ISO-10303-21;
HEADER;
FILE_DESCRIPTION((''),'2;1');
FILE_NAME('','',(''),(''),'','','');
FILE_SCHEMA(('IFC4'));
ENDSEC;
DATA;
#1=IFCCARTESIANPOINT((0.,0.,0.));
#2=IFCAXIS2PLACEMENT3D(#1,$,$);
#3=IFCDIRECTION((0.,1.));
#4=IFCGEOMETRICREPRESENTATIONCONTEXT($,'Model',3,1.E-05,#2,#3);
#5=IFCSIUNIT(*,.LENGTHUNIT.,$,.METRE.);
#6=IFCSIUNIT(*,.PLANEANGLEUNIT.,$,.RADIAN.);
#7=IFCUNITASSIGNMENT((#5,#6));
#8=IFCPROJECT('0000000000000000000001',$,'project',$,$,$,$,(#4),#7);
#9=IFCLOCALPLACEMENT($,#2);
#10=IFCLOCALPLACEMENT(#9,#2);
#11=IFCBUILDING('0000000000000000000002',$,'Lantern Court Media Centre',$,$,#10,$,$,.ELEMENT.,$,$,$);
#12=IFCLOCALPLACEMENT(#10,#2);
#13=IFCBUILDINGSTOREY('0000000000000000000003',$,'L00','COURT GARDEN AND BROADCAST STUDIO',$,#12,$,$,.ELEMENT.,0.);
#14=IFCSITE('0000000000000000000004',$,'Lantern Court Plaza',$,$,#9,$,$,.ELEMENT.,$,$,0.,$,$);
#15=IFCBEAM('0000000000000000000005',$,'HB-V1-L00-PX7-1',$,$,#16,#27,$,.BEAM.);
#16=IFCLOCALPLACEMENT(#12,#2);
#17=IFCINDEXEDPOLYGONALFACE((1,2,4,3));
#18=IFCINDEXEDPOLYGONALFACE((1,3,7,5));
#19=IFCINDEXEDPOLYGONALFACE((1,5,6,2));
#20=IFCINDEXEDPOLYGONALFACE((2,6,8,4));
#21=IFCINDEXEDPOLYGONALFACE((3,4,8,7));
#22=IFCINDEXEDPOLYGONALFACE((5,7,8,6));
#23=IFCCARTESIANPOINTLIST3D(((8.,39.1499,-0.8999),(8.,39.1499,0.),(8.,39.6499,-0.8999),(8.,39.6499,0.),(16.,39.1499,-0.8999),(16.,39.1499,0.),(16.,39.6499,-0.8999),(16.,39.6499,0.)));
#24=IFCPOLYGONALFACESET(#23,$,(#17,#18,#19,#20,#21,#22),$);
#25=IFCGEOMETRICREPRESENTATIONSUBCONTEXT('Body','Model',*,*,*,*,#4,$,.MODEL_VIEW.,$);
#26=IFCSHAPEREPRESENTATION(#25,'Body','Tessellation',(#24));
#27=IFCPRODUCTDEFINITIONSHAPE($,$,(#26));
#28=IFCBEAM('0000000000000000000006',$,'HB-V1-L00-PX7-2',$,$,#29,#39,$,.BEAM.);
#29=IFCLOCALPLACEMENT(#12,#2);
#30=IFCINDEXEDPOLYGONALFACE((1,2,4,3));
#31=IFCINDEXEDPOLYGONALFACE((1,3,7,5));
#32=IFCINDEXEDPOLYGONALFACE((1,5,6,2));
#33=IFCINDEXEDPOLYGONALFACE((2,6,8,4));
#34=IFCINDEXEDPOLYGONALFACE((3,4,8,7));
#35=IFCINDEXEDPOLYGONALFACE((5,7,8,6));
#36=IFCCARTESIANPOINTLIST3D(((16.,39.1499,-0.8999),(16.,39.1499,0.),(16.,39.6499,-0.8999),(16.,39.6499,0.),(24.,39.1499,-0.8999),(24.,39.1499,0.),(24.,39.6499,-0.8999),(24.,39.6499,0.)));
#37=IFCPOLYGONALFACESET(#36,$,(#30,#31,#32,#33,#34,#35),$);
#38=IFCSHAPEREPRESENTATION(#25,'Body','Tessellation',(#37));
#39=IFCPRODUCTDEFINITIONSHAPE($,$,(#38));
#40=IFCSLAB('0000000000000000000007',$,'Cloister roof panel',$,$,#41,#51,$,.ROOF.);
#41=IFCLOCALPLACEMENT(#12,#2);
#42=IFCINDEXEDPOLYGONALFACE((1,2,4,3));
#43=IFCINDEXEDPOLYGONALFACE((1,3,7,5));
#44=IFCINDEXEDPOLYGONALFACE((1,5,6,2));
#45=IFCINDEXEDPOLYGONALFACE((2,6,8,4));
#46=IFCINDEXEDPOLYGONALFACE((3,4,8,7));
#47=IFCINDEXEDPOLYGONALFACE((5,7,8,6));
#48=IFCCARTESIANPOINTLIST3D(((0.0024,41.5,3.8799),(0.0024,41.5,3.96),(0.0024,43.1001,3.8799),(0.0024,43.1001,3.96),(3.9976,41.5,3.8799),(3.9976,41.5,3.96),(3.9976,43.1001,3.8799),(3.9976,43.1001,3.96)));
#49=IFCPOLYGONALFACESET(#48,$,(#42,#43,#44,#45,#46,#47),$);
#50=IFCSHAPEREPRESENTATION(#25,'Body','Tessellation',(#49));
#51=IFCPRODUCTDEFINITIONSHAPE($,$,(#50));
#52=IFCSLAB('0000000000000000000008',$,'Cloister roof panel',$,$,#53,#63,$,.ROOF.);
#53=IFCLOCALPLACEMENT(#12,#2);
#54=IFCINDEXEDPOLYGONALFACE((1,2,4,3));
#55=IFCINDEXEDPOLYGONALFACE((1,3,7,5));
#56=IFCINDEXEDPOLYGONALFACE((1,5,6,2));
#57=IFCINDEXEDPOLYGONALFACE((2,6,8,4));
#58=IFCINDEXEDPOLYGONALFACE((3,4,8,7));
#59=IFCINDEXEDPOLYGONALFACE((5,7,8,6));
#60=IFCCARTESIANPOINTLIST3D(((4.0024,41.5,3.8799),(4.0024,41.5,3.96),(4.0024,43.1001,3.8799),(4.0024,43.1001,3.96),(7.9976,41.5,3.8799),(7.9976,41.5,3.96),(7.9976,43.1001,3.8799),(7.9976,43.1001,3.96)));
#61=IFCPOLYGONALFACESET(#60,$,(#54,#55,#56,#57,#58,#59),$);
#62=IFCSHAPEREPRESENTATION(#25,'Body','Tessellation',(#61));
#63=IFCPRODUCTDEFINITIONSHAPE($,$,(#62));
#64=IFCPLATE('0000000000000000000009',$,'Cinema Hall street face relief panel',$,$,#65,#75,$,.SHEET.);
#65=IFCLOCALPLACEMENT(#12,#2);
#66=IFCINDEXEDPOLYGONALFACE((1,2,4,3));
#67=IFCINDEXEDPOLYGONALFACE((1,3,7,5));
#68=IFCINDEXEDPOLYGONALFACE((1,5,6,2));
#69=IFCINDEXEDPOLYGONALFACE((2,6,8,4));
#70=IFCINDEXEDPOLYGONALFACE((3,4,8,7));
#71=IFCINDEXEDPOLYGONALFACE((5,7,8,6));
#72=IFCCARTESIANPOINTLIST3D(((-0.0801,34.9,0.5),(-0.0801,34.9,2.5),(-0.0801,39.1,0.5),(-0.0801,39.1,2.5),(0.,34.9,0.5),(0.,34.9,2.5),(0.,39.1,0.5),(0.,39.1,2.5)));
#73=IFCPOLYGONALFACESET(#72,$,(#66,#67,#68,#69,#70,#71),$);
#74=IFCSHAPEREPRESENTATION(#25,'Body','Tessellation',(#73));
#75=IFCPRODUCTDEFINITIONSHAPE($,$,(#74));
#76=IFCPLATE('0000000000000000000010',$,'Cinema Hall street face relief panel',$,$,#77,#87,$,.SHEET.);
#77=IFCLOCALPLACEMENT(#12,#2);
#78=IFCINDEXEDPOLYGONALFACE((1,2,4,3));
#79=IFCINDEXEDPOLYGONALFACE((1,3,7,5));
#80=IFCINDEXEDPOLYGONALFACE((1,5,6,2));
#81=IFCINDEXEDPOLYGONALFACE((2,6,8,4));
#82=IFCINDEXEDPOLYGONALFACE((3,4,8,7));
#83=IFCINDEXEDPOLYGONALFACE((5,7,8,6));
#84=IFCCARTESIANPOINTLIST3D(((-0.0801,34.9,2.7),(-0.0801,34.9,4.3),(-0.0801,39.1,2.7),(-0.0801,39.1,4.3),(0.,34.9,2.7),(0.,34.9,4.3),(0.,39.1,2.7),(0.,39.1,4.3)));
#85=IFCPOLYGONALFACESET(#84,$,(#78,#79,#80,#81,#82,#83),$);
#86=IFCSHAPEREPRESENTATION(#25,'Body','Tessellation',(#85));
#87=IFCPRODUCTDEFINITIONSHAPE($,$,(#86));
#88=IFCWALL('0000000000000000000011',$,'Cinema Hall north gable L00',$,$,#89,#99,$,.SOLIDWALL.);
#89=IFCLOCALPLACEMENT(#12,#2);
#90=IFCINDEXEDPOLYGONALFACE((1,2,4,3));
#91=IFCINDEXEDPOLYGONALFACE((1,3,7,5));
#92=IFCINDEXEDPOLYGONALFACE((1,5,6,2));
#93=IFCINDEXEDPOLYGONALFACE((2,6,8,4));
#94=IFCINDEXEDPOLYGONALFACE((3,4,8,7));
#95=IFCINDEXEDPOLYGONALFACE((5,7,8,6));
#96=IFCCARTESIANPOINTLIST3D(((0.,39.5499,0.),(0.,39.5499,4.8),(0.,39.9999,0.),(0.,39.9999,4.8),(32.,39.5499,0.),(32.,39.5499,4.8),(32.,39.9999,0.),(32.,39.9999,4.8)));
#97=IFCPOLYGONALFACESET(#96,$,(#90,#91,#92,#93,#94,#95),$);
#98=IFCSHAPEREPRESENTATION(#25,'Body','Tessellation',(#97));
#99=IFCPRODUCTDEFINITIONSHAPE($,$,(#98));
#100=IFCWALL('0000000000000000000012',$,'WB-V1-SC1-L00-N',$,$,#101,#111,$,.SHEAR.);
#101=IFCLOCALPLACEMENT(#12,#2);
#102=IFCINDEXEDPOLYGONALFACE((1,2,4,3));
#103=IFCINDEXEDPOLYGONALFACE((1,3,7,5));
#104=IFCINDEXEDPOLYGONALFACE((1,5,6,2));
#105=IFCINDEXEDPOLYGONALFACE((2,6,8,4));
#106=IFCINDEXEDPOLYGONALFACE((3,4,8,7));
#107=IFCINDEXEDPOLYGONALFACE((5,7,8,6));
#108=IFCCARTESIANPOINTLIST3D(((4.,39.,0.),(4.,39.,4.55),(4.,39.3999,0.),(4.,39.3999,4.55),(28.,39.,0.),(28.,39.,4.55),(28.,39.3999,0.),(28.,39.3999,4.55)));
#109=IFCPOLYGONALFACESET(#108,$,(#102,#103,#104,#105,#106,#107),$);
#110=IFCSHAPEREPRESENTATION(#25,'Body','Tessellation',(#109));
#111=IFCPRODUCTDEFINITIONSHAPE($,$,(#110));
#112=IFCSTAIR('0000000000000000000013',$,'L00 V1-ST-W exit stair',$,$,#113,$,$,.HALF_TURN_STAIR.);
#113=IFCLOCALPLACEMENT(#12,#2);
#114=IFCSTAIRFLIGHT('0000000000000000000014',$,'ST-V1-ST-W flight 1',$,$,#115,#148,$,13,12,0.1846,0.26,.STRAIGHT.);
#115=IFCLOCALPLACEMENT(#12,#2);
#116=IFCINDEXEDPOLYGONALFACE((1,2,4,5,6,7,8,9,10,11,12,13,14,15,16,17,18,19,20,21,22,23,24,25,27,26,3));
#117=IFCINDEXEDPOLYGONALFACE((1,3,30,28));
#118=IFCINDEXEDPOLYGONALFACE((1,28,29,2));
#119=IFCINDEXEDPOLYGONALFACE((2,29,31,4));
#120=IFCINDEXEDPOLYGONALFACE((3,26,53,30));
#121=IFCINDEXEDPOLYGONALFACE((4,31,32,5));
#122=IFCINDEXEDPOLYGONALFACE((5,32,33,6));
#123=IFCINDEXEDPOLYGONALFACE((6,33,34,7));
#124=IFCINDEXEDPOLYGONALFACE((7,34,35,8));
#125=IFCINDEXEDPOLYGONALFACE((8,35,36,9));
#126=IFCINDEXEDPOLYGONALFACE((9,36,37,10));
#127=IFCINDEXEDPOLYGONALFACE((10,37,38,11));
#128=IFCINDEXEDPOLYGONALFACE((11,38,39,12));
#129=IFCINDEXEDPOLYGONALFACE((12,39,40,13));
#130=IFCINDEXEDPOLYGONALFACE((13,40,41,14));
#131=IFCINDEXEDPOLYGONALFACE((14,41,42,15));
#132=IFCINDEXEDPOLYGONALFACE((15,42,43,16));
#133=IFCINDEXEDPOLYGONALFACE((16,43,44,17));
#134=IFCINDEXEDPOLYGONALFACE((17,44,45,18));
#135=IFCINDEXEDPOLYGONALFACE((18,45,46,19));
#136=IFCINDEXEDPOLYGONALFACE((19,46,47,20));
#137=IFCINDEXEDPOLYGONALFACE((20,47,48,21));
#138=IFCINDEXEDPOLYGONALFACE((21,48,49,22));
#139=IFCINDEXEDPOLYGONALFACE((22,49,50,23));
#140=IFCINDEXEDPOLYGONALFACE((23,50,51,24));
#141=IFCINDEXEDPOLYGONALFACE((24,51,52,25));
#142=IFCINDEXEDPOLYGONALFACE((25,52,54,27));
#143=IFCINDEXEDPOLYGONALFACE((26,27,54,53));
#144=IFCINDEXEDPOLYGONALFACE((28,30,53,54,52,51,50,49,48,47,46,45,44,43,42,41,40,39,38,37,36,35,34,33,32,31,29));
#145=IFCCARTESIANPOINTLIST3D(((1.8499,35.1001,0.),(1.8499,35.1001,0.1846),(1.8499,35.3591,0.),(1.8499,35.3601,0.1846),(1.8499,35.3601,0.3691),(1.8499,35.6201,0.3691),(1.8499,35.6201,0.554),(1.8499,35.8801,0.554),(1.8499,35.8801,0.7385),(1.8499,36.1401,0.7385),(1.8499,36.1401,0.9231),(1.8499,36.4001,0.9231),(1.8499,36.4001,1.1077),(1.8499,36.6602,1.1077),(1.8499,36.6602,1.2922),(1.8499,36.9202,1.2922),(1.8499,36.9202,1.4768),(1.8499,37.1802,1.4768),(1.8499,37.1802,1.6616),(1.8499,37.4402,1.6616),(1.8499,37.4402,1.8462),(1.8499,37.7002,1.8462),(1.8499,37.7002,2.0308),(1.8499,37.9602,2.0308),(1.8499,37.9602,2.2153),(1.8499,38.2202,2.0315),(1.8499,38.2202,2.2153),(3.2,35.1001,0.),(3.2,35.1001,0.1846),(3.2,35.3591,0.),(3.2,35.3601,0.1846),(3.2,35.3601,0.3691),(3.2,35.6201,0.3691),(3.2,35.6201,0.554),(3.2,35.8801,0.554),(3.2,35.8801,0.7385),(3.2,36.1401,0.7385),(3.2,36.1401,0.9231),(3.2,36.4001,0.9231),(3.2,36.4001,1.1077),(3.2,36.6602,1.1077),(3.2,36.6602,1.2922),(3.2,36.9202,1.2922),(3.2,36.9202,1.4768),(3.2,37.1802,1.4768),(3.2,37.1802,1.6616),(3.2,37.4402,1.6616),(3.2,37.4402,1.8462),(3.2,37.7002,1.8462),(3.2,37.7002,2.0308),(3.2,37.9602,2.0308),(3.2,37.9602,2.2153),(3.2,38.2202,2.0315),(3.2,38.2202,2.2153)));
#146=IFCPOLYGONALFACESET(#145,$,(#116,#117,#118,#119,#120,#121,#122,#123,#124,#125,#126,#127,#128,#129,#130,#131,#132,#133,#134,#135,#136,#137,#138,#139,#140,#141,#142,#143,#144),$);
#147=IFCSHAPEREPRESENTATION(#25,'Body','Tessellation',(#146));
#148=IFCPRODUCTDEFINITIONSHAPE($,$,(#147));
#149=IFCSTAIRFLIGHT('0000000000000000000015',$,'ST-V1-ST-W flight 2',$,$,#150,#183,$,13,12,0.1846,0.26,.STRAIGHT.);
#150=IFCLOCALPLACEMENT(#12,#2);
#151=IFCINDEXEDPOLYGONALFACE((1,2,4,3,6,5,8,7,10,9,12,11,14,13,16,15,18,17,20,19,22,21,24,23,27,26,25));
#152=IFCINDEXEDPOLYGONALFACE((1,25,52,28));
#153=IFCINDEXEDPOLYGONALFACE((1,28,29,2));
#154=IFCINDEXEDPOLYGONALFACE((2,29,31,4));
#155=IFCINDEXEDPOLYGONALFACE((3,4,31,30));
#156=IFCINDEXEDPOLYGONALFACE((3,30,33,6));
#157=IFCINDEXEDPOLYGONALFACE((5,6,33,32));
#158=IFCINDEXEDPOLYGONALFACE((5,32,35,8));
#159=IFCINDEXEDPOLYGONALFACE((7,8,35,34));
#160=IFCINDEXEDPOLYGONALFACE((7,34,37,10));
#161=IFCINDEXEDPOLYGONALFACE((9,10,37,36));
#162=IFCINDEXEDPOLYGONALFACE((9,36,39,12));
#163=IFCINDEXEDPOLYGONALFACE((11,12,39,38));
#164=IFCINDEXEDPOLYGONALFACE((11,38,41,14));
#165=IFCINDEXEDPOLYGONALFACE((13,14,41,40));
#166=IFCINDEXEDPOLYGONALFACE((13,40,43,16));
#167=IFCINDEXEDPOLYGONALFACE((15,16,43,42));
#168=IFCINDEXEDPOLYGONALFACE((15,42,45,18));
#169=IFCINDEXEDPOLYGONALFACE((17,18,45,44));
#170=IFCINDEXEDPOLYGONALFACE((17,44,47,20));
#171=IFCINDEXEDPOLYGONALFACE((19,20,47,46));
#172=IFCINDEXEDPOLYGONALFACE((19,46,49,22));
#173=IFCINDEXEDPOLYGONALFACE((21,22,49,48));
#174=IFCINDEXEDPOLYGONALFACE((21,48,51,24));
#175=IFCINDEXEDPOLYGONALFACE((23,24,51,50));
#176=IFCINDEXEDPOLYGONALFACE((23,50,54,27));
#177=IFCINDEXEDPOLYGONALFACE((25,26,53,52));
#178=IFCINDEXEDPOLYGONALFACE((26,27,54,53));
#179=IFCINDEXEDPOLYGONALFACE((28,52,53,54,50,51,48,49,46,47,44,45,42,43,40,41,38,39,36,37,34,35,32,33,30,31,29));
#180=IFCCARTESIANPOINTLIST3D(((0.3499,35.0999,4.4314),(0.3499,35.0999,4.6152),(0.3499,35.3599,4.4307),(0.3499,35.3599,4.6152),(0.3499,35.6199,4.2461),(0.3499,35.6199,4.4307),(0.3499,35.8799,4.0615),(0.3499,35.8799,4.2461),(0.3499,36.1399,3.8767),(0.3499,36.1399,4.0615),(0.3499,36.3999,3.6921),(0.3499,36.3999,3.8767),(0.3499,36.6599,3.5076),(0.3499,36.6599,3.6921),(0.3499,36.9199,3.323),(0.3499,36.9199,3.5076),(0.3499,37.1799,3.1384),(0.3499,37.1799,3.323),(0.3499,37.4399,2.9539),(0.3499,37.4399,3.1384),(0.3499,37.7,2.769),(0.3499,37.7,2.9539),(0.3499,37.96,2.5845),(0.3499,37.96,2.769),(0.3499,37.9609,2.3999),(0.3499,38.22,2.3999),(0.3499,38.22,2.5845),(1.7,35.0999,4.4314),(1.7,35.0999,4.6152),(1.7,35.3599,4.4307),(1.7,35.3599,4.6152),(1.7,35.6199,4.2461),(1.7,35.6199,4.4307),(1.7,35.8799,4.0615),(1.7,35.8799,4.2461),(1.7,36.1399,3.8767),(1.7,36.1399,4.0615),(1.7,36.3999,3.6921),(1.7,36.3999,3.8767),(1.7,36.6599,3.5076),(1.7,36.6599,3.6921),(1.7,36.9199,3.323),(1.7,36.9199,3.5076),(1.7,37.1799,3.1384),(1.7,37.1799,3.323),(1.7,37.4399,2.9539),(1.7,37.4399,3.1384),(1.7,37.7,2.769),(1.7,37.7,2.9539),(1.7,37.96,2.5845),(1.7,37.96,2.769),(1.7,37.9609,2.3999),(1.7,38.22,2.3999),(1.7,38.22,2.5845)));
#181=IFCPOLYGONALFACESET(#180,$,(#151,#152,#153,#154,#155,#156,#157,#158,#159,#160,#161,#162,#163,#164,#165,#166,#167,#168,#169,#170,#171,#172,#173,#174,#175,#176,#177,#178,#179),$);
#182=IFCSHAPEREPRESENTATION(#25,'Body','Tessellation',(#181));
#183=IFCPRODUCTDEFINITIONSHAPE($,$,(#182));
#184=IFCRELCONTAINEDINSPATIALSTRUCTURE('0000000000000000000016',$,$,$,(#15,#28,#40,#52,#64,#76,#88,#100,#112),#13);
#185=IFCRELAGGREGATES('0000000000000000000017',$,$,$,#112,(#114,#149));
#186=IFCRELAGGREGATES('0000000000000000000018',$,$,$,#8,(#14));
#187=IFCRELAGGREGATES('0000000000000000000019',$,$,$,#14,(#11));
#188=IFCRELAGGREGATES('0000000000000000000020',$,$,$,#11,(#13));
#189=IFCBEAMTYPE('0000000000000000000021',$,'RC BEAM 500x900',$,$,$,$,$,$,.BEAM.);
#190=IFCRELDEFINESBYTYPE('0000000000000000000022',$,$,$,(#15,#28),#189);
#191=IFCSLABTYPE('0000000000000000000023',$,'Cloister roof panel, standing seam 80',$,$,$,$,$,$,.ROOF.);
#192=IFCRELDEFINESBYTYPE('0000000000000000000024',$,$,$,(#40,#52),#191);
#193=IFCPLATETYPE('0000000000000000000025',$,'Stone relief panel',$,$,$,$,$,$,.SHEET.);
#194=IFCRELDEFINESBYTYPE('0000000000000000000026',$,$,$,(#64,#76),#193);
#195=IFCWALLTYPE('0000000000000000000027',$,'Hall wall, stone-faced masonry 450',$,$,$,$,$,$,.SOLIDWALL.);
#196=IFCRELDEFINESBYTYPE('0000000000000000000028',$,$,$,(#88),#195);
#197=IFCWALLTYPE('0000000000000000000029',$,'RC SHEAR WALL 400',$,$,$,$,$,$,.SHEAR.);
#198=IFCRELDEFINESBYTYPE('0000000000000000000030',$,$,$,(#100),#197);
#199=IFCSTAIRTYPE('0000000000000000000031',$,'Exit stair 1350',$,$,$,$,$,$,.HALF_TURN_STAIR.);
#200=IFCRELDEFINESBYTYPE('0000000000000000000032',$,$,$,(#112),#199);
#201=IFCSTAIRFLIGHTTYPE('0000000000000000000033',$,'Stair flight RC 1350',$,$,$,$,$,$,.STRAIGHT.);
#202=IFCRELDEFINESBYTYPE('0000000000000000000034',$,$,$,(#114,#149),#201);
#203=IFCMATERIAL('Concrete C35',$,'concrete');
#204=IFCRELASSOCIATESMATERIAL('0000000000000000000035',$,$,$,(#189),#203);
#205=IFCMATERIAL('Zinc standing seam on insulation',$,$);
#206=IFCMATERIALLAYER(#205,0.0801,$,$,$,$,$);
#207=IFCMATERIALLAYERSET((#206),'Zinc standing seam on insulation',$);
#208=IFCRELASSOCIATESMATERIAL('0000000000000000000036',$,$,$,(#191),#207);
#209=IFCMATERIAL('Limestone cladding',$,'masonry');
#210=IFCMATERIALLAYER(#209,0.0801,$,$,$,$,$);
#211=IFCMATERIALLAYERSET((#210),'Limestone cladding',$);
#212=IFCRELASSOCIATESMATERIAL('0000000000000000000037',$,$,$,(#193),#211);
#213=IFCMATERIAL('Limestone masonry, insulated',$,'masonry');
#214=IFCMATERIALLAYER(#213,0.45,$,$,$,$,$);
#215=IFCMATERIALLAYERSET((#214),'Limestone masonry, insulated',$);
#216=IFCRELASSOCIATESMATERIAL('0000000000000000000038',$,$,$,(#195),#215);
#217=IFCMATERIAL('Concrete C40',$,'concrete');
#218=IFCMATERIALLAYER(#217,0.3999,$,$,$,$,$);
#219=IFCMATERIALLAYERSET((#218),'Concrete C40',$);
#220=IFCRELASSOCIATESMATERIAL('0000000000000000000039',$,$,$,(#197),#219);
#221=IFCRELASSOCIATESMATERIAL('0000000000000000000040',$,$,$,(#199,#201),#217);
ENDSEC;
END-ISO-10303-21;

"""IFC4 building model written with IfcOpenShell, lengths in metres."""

from ifc_helpers import new_model, si_unit, direction, frame, frame_2d, origin, origin_2d, place, context, subcontext, project, spatial, polyline, rectangle, outline, extrude, material, layer, layer_set, material_profile, profile_set, type_object, element, aggregate, save


model = new_model("IFC4")

# Units and contexts
model_context = context("Model", 3, precision=1e-05, world=origin(), true_north=direction((0.0, 1.0)))
body_context = subcontext(model_context, "Body", "Model", "MODEL_VIEW")
ifc_project = project(units=[si_unit("LENGTHUNIT", "METRE"), si_unit("PLANEANGLEUNIT", "RADIAN")], contexts=[model_context])

# Site, building, storey
site_placement = place(None, origin())
site = spatial("IfcSite", under=ifc_project, at=site_placement, Name="Lantern Court Plaza", CompositionType="ELEMENT", RefElevation=0.0)
building_placement = place(site_placement, origin())
building = spatial("IfcBuilding", under=site, at=building_placement, Name="Lantern Court Media Centre", CompositionType="ELEMENT")
storey_placement = place(building_placement, origin())
storey = spatial("IfcBuildingStorey", under=building, at=storey_placement, Name="L00", Description="COURT GARDEN AND BROADCAST STUDIO", CompositionType="ELEMENT", Elevation=0.0)

# Beams
ifc_material_1 = material(Name="Concrete C35", Category="concrete")
ifc_material_profile_1 = material_profile(ifc_material_1, rectangle(XDim=0.5, YDim=0.8999, at=origin_2d()), Name="RC 500x900")
ifc_profile_set_1 = profile_set([ifc_material_profile_1], Name="Concrete C35")
beam_type_1 = type_object("IfcBeamType", Name="RC BEAM 500x900", PredefinedType="BEAM", material=ifc_profile_set_1)
for number, where, z_axis, x_axis, name in (
    (1, (8.0, 39.3999, -0.45), (1.0, 0.0, 0.0), (0.0, 1.0, 0.0), "HB-V1-L00-PX7-1"),
    (2, (16.0, 39.3999, -0.45), (1.0, 0.0, 0.0), (0.0, 1.0, 0.0), "HB-V1-L00-PX7-2"),
):
    element("IfcBeam", number, at=place(storey_placement, frame(where, z_axis=z_axis, x_axis=x_axis)), inside=storey, type_object=beam_type_1, Name=name, PredefinedType="BEAM", context=body_context, shape_type="SweptSolid", body=[
        extrude(rectangle(XDim=0.5, YDim=0.8999, at=origin_2d()), origin(), (0.0, 0.0, 1.0), 8.0),
    ])

# Slabs
ifc_material_2 = material(Name="Zinc standing seam on insulation")
ifc_layer_1 = layer(ifc_material_2, 0.0801)
ifc_layer_set_1 = layer_set([ifc_layer_1], Name="Zinc standing seam on insulation")
slab_type = type_object("IfcSlabType", Name="Cloister roof panel, standing seam 80", PredefinedType="ROOF", material=ifc_layer_set_1)
for number, where, z_axis, x_axis, name in (
    (3, (0.0024, 41.5, 3.96), (0.0, 0.0, 1.0), (1.0, 0.0, 0.0), "Cloister roof panel"),
    (4, (4.0024, 41.5, 3.96), (0.0, 0.0, 1.0), (1.0, 0.0, 0.0), "Cloister roof panel"),
):
    element("IfcSlab", number, at=place(storey_placement, frame(where, z_axis=z_axis, x_axis=x_axis)), inside=storey, type_object=slab_type, Name=name, PredefinedType="ROOF", context=body_context, shape_type="SweptSolid", body=[
        extrude(outline(polyline([(0.0, 0.0), (3.9951, 0.0), (3.9951, 1.6001), (0.0, 1.6001), (0.0, 0.0)])), origin(), (0.0, 0.0, -1.0), 0.0801),
    ])

# Plates
ifc_material_3 = material(Name="Limestone cladding", Category="masonry")
ifc_layer_2 = layer(ifc_material_3, 0.0801)
ifc_layer_set_2 = layer_set([ifc_layer_2], Name="Limestone cladding")
plate_type = type_object("IfcPlateType", Name="Stone relief panel", PredefinedType="SHEET", material=ifc_layer_set_2)
plate_1_placement = place(storey_placement, frame((-0.04, 37.0, 0.5), z_axis=(0.0, 0.0, 1.0), x_axis=(1.0, 0.0, 0.0)))
element("IfcPlate", 5, at=plate_1_placement, inside=storey, type_object=plate_type, Name="Cinema Hall street face relief panel", PredefinedType="SHEET", context=body_context, shape_type="SweptSolid", body=[
    extrude(rectangle(XDim=0.0801, YDim=4.2, at=origin_2d()), origin(), (0.0, 0.0, 1.0), 2.0),
])
plate_2_placement = place(storey_placement, frame((-0.04, 37.0, 2.7), z_axis=(0.0, 0.0, 1.0), x_axis=(1.0, 0.0, 0.0)))
element("IfcPlate", 6, at=plate_2_placement, inside=storey, type_object=plate_type, Name="Cinema Hall street face relief panel", PredefinedType="SHEET", context=body_context, shape_type="SweptSolid", body=[
    extrude(rectangle(XDim=0.0801, YDim=4.2, at=origin_2d()), origin(), (0.0, 0.0, 1.0), 1.6001),
])

# Walls
ifc_material_4 = material(Name="Limestone masonry, insulated", Category="masonry")
ifc_layer_3 = layer(ifc_material_4, 0.45)
ifc_layer_set_3 = layer_set([ifc_layer_3], Name="Limestone masonry, insulated")
wall_type_1 = type_object("IfcWallType", Name="Hall wall, stone-faced masonry 450", PredefinedType="SOLIDWALL", material=ifc_layer_set_3)
wall_1_placement = place(storey_placement, frame((0.0, 39.7749, 0.0), z_axis=(0.0, 0.0, 1.0), x_axis=(1.0, 0.0, 0.0)))
element("IfcWall", 7, at=wall_1_placement, inside=storey, type_object=wall_type_1, Name="Cinema Hall north gable L00", PredefinedType="SOLIDWALL", context=body_context, shape_type="SweptSolid", body=[
    extrude(rectangle(XDim=32.0, YDim=0.45, at=frame_2d((16.0, 0.0))), origin(), (0.0, 0.0, 1.0), 4.8),
])
ifc_material_5 = material(Name="Concrete C40", Category="concrete")
ifc_layer_4 = layer(ifc_material_5, 0.3999)
ifc_layer_set_4 = layer_set([ifc_layer_4], Name="Concrete C40")
wall_type_2 = type_object("IfcWallType", Name="RC SHEAR WALL 400", PredefinedType="SHEAR", material=ifc_layer_set_4)
wall_2_placement = place(storey_placement, frame((4.0, 39.2, 0.0), z_axis=(0.0, 0.0, 1.0), x_axis=(1.0, 0.0, 0.0)))
element("IfcWall", 8, at=wall_2_placement, inside=storey, type_object=wall_type_2, Name="WB-V1-SC1-L00-N", PredefinedType="SHEAR", context=body_context, shape_type="SweptSolid", body=[
    extrude(rectangle(XDim=24.0, YDim=0.3999, at=frame_2d((12.0, 0.0))), origin(), (0.0, 0.0, 1.0), 4.55),
])

# Stair, stair flights
stair_type = type_object("IfcStairType", Name="Exit stair 1350", PredefinedType="HALF_TURN_STAIR", material=ifc_material_5)
stair_placement = place(storey_placement, origin())
stair = element("IfcStair", 9, at=stair_placement, inside=storey, type_object=stair_type, Name="L00 V1-ST-W exit stair", PredefinedType="HALF_TURN_STAIR")
stair_flight_type = type_object("IfcStairFlightType", Name="Stair flight RC 1350", PredefinedType="STRAIGHT", material=ifc_material_5)
stair_flight_1_placement = place(storey_placement, frame((2.5249, 35.1001, 0.0), z_axis=(0.0, 0.0, 1.0), x_axis=(0.0, 1.0, 0.0)))
stair_flight_1 = element("IfcStairFlight", 10, at=stair_flight_1_placement, type_object=stair_flight_type, Name="ST-V1-ST-W flight 1", NumberOfRisers=13, NumberOfTreads=12, PredefinedType="STRAIGHT", RiserHeight=0.1846, TreadLength=0.26, context=body_context, shape_type="SweptSolid", body=[
    extrude(outline(polyline([(0.0, 0.0), (0.0, 0.1846), (0.26, 0.1846), (0.26, 0.3691), (0.52, 0.3691), (0.52, 0.554), (0.78, 0.554), (0.78, 0.7385), (1.04, 0.7385), (1.04, 0.9231), (1.3, 0.9231), (1.3, 1.1077), (1.5601, 1.1077), (1.5601, 1.2922), (1.8201, 1.2922), (1.8201, 1.4768), (2.0801, 1.4768), (2.0801, 1.6616), (2.3401, 1.6616), (2.3401, 1.8462), (2.6001, 1.8462), (2.6001, 2.0308), (2.8601, 2.0308), (2.8601, 2.2153), (3.1201, 2.2153), (3.1201, 2.3999), (3.1201, 2.0315), (0.259, 0.0), (0.0, 0.0)])), frame((0.0, 0.675, 0.0), z_axis=(0.0, -1.0, 0.0), x_axis=(1.0, 0.0, 0.0)), (0.0, 0.0, 1.0), 1.3501),
])
stair_flight_2_placement = place(storey_placement, frame((1.0249, 38.22, 2.3999), z_axis=(0.0, 0.0, 1.0), x_axis=(0.0, -1.0, 0.0)))
stair_flight_2 = element("IfcStairFlight", 11, at=stair_flight_2_placement, type_object=stair_flight_type, Name="ST-V1-ST-W flight 2", NumberOfRisers=13, NumberOfTreads=12, PredefinedType="STRAIGHT", RiserHeight=0.1846, TreadLength=0.26, context=body_context, shape_type="SweptSolid", body=[
    extrude(outline(polyline([(0.0, 0.0), (0.0, 0.1846), (0.26, 0.1846), (0.26, 0.3691), (0.52, 0.3691), (0.52, 0.554), (0.78, 0.554), (0.78, 0.7385), (1.04, 0.7385), (1.04, 0.9231), (1.3, 0.9231), (1.3, 1.1077), (1.5601, 1.1077), (1.5601, 1.2922), (1.8201, 1.2922), (1.8201, 1.4768), (2.0801, 1.4768), (2.0801, 1.6616), (2.3401, 1.6616), (2.3401, 1.8462), (2.6001, 1.8462), (2.6001, 2.0308), (2.8601, 2.0308), (2.8601, 2.2153), (3.1201, 2.2153), (3.1201, 2.3999), (3.1201, 2.0315), (0.259, 0.0), (0.0, 0.0)])), frame((0.0, 0.675, 0.0), z_axis=(0.0, -1.0, 0.0), x_axis=(1.0, 0.0, 0.0)), (0.0, 0.0, 1.0), 1.3501),
])
aggregate(stair, [stair_flight_1, stair_flight_2])

save(model, "model.ifc")
